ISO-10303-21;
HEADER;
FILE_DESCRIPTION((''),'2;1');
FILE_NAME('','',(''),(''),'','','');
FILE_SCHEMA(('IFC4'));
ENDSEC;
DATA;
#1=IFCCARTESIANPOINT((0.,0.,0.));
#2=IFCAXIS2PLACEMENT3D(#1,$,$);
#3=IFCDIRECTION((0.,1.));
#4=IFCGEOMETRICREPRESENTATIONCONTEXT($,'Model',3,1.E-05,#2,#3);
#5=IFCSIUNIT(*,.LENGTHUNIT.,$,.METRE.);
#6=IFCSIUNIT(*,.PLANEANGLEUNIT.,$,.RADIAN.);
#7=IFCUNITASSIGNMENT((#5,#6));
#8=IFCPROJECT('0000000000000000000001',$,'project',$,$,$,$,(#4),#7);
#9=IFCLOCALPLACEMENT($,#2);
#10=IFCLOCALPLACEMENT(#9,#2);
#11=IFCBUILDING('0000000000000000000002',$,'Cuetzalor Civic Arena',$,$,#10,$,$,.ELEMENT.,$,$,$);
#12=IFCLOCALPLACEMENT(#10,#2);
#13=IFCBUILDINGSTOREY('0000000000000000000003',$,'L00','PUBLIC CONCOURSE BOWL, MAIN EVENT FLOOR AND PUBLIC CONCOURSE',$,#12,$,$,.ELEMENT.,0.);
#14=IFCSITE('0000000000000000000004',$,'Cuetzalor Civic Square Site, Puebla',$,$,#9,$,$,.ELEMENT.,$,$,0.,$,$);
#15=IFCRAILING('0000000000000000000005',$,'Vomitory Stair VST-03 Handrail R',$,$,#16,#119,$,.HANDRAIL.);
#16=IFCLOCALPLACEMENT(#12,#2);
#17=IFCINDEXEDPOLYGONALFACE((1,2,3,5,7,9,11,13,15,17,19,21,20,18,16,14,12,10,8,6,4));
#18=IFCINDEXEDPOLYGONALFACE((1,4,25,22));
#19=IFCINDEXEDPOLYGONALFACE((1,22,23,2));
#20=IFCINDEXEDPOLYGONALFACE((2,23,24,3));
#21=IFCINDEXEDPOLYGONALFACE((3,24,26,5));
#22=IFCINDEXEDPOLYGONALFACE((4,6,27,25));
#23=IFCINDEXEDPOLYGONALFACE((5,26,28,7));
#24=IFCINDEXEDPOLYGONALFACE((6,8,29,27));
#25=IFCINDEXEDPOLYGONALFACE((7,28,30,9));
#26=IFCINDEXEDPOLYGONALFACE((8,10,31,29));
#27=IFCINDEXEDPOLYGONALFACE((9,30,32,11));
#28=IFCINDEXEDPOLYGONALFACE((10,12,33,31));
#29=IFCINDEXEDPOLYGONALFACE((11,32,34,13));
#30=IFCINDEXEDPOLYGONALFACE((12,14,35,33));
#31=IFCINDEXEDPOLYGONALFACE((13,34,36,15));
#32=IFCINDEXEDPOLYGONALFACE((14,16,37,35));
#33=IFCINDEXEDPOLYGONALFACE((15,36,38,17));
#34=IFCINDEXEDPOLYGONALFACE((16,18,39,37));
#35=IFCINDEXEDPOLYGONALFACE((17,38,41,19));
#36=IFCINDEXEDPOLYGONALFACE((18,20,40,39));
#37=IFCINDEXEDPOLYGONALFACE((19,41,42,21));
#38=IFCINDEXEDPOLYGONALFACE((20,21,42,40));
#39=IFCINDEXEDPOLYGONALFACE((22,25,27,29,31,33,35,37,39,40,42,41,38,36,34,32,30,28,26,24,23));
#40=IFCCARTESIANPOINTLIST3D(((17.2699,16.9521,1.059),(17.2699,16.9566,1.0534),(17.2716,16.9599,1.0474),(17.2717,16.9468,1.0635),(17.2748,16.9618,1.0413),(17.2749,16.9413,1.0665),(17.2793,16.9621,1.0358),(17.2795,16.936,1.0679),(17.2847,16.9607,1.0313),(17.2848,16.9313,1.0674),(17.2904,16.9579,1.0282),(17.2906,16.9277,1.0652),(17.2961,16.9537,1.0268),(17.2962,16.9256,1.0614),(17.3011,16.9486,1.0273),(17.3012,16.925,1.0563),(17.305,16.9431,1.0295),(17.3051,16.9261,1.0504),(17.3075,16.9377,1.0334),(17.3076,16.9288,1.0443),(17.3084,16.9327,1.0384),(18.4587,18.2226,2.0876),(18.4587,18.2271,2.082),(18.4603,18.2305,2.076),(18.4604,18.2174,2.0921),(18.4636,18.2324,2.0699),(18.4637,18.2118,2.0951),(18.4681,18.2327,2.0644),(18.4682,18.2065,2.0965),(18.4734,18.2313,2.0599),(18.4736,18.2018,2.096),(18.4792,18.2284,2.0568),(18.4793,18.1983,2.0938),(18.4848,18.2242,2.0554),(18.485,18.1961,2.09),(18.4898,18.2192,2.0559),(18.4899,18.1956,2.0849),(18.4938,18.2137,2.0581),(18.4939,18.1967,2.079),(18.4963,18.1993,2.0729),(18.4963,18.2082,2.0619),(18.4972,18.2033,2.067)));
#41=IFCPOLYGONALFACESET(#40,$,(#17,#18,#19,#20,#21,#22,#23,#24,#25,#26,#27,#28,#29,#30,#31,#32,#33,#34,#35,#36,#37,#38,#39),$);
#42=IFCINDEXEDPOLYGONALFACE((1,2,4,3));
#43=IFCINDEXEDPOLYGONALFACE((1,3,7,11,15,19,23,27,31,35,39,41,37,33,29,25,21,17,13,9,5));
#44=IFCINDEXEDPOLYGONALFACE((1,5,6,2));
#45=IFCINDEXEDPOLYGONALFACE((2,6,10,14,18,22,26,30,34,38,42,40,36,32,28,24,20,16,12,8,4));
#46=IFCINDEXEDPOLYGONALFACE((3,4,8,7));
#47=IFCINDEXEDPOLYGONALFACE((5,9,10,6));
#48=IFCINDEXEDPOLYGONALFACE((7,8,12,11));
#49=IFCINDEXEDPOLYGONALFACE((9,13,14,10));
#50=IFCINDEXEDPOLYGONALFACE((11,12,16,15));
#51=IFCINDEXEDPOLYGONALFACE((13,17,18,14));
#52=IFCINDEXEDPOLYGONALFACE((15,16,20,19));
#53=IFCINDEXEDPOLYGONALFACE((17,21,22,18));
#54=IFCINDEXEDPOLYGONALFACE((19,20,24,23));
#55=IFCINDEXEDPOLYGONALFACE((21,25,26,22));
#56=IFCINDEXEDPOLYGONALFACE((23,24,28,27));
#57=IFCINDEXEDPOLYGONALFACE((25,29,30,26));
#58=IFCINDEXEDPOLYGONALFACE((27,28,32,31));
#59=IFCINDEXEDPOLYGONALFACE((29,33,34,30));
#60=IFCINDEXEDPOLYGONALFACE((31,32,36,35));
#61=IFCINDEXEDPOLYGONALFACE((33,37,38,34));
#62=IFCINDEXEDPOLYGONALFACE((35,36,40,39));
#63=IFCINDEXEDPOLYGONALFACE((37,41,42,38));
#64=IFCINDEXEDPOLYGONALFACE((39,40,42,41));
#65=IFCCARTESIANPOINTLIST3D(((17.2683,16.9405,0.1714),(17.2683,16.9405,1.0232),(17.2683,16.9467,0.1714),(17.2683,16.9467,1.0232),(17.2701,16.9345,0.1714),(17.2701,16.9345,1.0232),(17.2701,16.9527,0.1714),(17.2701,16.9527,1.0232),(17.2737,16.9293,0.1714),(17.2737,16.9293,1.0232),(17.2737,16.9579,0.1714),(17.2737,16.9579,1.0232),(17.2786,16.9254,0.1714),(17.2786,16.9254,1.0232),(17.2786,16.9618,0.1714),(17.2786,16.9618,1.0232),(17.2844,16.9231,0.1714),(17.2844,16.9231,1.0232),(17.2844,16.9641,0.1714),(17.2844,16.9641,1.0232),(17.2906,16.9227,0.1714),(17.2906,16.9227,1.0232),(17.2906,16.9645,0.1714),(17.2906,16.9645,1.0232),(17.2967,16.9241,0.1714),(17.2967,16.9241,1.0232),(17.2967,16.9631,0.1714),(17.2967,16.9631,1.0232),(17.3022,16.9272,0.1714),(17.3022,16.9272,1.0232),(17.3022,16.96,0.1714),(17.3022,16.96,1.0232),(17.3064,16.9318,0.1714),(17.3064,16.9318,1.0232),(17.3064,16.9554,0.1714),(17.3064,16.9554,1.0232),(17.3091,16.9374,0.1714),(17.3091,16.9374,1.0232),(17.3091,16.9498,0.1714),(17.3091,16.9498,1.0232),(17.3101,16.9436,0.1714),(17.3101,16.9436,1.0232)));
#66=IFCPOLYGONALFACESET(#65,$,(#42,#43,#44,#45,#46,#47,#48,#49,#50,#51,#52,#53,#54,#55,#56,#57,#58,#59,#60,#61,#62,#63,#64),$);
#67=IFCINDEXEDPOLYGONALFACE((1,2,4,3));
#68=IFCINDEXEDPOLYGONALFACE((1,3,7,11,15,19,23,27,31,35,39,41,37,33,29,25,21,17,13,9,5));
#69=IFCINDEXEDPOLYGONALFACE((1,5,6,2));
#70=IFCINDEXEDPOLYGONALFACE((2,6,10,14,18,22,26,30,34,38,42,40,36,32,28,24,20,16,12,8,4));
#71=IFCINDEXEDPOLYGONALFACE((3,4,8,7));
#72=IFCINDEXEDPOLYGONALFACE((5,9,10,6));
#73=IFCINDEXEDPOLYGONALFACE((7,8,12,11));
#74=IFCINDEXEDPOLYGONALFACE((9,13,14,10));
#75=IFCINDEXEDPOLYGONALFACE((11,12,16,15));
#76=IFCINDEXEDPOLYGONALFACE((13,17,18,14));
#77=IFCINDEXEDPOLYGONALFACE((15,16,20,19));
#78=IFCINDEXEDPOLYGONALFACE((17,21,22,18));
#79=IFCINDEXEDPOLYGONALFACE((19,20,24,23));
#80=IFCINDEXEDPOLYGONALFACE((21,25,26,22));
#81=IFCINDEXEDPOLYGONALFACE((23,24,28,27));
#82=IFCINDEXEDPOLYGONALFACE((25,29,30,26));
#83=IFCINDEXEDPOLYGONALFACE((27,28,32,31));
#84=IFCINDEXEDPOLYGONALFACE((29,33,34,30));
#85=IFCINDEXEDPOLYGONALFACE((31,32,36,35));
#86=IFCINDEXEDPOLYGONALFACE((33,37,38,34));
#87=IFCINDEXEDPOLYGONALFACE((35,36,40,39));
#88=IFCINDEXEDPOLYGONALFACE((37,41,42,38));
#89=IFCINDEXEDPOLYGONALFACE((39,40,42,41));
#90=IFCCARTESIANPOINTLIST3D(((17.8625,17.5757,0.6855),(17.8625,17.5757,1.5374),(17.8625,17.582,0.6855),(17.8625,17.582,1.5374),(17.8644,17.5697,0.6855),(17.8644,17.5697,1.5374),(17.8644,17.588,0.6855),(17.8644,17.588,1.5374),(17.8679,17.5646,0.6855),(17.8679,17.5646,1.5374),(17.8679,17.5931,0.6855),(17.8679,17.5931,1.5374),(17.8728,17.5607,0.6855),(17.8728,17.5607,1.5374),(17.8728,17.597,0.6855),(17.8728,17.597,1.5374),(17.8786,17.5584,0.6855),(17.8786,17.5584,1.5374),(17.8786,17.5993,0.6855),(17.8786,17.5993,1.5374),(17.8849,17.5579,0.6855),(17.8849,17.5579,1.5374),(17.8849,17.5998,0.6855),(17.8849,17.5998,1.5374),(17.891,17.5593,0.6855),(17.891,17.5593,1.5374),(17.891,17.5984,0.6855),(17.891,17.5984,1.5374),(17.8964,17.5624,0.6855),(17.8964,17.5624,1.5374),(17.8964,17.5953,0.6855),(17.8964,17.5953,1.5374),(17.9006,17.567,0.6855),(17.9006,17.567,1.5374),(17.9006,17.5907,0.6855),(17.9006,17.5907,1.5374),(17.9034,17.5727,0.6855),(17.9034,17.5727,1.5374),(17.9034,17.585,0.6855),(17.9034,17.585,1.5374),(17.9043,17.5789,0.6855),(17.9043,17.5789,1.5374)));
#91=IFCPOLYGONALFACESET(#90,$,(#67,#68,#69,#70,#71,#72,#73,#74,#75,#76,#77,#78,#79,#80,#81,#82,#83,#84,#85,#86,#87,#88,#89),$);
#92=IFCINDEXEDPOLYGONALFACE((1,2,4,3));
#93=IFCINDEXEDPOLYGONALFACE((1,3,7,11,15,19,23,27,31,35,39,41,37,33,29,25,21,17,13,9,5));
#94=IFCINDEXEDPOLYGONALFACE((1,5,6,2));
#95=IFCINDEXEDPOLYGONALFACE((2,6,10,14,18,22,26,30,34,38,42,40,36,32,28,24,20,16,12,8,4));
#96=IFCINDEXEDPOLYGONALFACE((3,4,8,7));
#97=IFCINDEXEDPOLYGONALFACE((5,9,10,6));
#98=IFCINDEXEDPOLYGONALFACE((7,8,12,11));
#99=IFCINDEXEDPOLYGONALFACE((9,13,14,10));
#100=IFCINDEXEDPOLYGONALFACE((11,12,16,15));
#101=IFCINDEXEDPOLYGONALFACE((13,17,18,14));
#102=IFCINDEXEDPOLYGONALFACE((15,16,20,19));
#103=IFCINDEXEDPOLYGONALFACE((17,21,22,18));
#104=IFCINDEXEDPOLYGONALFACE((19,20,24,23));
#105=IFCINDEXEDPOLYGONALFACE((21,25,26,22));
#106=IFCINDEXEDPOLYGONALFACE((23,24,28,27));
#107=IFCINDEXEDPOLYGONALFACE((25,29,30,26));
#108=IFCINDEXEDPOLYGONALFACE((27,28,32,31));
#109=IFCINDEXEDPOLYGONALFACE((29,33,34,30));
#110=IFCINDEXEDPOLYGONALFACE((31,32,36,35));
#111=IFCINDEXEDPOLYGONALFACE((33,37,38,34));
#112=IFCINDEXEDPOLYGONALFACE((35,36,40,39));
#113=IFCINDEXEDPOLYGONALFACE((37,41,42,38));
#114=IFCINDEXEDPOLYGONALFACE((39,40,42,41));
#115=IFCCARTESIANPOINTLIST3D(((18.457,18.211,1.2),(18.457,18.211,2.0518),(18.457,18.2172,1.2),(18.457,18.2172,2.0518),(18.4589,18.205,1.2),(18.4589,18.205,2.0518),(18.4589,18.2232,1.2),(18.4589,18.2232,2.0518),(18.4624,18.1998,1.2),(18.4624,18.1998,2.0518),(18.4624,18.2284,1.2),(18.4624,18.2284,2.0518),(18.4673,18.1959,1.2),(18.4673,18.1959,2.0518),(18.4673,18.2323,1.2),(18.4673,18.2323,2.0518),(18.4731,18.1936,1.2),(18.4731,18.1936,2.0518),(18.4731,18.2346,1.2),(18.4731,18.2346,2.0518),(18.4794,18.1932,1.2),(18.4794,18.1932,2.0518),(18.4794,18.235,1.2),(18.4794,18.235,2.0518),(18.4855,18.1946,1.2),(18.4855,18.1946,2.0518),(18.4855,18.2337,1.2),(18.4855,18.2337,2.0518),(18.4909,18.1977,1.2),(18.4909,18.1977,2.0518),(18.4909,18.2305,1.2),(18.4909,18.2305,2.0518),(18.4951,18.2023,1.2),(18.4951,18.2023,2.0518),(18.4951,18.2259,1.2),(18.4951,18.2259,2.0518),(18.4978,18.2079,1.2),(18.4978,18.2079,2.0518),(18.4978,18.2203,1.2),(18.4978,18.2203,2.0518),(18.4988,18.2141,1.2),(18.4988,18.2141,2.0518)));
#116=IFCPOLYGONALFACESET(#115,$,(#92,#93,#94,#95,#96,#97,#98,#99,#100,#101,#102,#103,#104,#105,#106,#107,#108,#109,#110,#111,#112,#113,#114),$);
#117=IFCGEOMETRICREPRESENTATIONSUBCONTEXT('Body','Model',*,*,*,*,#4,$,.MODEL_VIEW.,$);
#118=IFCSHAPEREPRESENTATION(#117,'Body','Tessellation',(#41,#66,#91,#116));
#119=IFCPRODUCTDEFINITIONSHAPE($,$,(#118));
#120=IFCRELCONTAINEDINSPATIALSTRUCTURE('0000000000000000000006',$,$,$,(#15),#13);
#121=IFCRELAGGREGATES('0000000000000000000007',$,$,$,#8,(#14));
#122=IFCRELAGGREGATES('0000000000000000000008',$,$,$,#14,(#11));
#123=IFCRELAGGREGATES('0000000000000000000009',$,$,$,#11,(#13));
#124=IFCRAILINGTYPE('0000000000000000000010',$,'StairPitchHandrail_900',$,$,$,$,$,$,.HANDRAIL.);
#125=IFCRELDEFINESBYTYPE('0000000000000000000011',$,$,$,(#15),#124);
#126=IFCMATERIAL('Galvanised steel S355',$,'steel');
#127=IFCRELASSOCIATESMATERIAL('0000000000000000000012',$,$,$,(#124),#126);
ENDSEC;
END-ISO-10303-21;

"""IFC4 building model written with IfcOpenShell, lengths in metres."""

from ifc_helpers import new_model, si_unit, direction, frame, origin, origin_2d, place, context, subcontext, project, spatial, circle, extrude, material, type_object, element, save


model = new_model("IFC4")

# Units and contexts
model_context = context("Model", 3, precision=1e-05, world=origin(), true_north=direction((0.0, 1.0)))
body_context = subcontext(model_context, "Body", "Model", "MODEL_VIEW")
ifc_project = project(units=[si_unit("LENGTHUNIT", "METRE"), si_unit("PLANEANGLEUNIT", "RADIAN")], contexts=[model_context])

# Site, building, storey
site_placement = place(None, origin())
site = spatial("IfcSite", under=ifc_project, at=site_placement, Name="Cuetzalor Civic Square Site, Puebla", CompositionType="ELEMENT", RefElevation=0.0)
building_placement = place(site_placement, origin())
building = spatial("IfcBuilding", under=site, at=building_placement, Name="Cuetzalor Civic Arena", CompositionType="ELEMENT")
storey_placement = place(building_placement, origin())
storey = spatial("IfcBuildingStorey", under=building, at=storey_placement, Name="L00", Description="PUBLIC CONCOURSE BOWL, MAIN EVENT FLOOR AND PUBLIC CONCOURSE", CompositionType="ELEMENT", Elevation=0.0)

# Railing
ifc_material_1 = material(Name="Galvanised steel S355", Category="steel")
railing_type_1 = type_object("IfcRailingType", Name="StairPitchHandrail_900", PredefinedType="HANDRAIL", material=ifc_material_1)
railing_1_placement = place(storey_placement, frame((17.2891, 16.9436, 0.1714)))
element("IfcRailing", 1, at=railing_1_placement, inside=storey, type_object=railing_type_1, Name="Vomitory Stair VST-03 Handrail R", PredefinedType="HANDRAIL", context=body_context, shape_type="SweptSolid", body=[
    extrude(circle(Radius=0.0239, at=origin_2d()), frame((0.0, 0.0, 0.876), z_axis=(0.58813, 0.628595, 0.508892), x_axis=(-0.730219, 0.683213, 0.0)), (0.0, 0.0, 1.0), 2.0212),
    extrude(circle(Radius=0.021, at=origin_2d()), origin(), (0.0, 0.0, 1.0), 0.8518),
    extrude(circle(Radius=0.021, at=origin_2d()), frame((0.5942, 0.6353, 0.5142)), (0.0, 0.0, 1.0), 0.8518),
    extrude(circle(Radius=0.021, at=origin_2d()), frame((1.1887, 1.2705, 1.0286)), (0.0, 0.0, 1.0), 0.8518),
])

save(model, "model.ifc")
